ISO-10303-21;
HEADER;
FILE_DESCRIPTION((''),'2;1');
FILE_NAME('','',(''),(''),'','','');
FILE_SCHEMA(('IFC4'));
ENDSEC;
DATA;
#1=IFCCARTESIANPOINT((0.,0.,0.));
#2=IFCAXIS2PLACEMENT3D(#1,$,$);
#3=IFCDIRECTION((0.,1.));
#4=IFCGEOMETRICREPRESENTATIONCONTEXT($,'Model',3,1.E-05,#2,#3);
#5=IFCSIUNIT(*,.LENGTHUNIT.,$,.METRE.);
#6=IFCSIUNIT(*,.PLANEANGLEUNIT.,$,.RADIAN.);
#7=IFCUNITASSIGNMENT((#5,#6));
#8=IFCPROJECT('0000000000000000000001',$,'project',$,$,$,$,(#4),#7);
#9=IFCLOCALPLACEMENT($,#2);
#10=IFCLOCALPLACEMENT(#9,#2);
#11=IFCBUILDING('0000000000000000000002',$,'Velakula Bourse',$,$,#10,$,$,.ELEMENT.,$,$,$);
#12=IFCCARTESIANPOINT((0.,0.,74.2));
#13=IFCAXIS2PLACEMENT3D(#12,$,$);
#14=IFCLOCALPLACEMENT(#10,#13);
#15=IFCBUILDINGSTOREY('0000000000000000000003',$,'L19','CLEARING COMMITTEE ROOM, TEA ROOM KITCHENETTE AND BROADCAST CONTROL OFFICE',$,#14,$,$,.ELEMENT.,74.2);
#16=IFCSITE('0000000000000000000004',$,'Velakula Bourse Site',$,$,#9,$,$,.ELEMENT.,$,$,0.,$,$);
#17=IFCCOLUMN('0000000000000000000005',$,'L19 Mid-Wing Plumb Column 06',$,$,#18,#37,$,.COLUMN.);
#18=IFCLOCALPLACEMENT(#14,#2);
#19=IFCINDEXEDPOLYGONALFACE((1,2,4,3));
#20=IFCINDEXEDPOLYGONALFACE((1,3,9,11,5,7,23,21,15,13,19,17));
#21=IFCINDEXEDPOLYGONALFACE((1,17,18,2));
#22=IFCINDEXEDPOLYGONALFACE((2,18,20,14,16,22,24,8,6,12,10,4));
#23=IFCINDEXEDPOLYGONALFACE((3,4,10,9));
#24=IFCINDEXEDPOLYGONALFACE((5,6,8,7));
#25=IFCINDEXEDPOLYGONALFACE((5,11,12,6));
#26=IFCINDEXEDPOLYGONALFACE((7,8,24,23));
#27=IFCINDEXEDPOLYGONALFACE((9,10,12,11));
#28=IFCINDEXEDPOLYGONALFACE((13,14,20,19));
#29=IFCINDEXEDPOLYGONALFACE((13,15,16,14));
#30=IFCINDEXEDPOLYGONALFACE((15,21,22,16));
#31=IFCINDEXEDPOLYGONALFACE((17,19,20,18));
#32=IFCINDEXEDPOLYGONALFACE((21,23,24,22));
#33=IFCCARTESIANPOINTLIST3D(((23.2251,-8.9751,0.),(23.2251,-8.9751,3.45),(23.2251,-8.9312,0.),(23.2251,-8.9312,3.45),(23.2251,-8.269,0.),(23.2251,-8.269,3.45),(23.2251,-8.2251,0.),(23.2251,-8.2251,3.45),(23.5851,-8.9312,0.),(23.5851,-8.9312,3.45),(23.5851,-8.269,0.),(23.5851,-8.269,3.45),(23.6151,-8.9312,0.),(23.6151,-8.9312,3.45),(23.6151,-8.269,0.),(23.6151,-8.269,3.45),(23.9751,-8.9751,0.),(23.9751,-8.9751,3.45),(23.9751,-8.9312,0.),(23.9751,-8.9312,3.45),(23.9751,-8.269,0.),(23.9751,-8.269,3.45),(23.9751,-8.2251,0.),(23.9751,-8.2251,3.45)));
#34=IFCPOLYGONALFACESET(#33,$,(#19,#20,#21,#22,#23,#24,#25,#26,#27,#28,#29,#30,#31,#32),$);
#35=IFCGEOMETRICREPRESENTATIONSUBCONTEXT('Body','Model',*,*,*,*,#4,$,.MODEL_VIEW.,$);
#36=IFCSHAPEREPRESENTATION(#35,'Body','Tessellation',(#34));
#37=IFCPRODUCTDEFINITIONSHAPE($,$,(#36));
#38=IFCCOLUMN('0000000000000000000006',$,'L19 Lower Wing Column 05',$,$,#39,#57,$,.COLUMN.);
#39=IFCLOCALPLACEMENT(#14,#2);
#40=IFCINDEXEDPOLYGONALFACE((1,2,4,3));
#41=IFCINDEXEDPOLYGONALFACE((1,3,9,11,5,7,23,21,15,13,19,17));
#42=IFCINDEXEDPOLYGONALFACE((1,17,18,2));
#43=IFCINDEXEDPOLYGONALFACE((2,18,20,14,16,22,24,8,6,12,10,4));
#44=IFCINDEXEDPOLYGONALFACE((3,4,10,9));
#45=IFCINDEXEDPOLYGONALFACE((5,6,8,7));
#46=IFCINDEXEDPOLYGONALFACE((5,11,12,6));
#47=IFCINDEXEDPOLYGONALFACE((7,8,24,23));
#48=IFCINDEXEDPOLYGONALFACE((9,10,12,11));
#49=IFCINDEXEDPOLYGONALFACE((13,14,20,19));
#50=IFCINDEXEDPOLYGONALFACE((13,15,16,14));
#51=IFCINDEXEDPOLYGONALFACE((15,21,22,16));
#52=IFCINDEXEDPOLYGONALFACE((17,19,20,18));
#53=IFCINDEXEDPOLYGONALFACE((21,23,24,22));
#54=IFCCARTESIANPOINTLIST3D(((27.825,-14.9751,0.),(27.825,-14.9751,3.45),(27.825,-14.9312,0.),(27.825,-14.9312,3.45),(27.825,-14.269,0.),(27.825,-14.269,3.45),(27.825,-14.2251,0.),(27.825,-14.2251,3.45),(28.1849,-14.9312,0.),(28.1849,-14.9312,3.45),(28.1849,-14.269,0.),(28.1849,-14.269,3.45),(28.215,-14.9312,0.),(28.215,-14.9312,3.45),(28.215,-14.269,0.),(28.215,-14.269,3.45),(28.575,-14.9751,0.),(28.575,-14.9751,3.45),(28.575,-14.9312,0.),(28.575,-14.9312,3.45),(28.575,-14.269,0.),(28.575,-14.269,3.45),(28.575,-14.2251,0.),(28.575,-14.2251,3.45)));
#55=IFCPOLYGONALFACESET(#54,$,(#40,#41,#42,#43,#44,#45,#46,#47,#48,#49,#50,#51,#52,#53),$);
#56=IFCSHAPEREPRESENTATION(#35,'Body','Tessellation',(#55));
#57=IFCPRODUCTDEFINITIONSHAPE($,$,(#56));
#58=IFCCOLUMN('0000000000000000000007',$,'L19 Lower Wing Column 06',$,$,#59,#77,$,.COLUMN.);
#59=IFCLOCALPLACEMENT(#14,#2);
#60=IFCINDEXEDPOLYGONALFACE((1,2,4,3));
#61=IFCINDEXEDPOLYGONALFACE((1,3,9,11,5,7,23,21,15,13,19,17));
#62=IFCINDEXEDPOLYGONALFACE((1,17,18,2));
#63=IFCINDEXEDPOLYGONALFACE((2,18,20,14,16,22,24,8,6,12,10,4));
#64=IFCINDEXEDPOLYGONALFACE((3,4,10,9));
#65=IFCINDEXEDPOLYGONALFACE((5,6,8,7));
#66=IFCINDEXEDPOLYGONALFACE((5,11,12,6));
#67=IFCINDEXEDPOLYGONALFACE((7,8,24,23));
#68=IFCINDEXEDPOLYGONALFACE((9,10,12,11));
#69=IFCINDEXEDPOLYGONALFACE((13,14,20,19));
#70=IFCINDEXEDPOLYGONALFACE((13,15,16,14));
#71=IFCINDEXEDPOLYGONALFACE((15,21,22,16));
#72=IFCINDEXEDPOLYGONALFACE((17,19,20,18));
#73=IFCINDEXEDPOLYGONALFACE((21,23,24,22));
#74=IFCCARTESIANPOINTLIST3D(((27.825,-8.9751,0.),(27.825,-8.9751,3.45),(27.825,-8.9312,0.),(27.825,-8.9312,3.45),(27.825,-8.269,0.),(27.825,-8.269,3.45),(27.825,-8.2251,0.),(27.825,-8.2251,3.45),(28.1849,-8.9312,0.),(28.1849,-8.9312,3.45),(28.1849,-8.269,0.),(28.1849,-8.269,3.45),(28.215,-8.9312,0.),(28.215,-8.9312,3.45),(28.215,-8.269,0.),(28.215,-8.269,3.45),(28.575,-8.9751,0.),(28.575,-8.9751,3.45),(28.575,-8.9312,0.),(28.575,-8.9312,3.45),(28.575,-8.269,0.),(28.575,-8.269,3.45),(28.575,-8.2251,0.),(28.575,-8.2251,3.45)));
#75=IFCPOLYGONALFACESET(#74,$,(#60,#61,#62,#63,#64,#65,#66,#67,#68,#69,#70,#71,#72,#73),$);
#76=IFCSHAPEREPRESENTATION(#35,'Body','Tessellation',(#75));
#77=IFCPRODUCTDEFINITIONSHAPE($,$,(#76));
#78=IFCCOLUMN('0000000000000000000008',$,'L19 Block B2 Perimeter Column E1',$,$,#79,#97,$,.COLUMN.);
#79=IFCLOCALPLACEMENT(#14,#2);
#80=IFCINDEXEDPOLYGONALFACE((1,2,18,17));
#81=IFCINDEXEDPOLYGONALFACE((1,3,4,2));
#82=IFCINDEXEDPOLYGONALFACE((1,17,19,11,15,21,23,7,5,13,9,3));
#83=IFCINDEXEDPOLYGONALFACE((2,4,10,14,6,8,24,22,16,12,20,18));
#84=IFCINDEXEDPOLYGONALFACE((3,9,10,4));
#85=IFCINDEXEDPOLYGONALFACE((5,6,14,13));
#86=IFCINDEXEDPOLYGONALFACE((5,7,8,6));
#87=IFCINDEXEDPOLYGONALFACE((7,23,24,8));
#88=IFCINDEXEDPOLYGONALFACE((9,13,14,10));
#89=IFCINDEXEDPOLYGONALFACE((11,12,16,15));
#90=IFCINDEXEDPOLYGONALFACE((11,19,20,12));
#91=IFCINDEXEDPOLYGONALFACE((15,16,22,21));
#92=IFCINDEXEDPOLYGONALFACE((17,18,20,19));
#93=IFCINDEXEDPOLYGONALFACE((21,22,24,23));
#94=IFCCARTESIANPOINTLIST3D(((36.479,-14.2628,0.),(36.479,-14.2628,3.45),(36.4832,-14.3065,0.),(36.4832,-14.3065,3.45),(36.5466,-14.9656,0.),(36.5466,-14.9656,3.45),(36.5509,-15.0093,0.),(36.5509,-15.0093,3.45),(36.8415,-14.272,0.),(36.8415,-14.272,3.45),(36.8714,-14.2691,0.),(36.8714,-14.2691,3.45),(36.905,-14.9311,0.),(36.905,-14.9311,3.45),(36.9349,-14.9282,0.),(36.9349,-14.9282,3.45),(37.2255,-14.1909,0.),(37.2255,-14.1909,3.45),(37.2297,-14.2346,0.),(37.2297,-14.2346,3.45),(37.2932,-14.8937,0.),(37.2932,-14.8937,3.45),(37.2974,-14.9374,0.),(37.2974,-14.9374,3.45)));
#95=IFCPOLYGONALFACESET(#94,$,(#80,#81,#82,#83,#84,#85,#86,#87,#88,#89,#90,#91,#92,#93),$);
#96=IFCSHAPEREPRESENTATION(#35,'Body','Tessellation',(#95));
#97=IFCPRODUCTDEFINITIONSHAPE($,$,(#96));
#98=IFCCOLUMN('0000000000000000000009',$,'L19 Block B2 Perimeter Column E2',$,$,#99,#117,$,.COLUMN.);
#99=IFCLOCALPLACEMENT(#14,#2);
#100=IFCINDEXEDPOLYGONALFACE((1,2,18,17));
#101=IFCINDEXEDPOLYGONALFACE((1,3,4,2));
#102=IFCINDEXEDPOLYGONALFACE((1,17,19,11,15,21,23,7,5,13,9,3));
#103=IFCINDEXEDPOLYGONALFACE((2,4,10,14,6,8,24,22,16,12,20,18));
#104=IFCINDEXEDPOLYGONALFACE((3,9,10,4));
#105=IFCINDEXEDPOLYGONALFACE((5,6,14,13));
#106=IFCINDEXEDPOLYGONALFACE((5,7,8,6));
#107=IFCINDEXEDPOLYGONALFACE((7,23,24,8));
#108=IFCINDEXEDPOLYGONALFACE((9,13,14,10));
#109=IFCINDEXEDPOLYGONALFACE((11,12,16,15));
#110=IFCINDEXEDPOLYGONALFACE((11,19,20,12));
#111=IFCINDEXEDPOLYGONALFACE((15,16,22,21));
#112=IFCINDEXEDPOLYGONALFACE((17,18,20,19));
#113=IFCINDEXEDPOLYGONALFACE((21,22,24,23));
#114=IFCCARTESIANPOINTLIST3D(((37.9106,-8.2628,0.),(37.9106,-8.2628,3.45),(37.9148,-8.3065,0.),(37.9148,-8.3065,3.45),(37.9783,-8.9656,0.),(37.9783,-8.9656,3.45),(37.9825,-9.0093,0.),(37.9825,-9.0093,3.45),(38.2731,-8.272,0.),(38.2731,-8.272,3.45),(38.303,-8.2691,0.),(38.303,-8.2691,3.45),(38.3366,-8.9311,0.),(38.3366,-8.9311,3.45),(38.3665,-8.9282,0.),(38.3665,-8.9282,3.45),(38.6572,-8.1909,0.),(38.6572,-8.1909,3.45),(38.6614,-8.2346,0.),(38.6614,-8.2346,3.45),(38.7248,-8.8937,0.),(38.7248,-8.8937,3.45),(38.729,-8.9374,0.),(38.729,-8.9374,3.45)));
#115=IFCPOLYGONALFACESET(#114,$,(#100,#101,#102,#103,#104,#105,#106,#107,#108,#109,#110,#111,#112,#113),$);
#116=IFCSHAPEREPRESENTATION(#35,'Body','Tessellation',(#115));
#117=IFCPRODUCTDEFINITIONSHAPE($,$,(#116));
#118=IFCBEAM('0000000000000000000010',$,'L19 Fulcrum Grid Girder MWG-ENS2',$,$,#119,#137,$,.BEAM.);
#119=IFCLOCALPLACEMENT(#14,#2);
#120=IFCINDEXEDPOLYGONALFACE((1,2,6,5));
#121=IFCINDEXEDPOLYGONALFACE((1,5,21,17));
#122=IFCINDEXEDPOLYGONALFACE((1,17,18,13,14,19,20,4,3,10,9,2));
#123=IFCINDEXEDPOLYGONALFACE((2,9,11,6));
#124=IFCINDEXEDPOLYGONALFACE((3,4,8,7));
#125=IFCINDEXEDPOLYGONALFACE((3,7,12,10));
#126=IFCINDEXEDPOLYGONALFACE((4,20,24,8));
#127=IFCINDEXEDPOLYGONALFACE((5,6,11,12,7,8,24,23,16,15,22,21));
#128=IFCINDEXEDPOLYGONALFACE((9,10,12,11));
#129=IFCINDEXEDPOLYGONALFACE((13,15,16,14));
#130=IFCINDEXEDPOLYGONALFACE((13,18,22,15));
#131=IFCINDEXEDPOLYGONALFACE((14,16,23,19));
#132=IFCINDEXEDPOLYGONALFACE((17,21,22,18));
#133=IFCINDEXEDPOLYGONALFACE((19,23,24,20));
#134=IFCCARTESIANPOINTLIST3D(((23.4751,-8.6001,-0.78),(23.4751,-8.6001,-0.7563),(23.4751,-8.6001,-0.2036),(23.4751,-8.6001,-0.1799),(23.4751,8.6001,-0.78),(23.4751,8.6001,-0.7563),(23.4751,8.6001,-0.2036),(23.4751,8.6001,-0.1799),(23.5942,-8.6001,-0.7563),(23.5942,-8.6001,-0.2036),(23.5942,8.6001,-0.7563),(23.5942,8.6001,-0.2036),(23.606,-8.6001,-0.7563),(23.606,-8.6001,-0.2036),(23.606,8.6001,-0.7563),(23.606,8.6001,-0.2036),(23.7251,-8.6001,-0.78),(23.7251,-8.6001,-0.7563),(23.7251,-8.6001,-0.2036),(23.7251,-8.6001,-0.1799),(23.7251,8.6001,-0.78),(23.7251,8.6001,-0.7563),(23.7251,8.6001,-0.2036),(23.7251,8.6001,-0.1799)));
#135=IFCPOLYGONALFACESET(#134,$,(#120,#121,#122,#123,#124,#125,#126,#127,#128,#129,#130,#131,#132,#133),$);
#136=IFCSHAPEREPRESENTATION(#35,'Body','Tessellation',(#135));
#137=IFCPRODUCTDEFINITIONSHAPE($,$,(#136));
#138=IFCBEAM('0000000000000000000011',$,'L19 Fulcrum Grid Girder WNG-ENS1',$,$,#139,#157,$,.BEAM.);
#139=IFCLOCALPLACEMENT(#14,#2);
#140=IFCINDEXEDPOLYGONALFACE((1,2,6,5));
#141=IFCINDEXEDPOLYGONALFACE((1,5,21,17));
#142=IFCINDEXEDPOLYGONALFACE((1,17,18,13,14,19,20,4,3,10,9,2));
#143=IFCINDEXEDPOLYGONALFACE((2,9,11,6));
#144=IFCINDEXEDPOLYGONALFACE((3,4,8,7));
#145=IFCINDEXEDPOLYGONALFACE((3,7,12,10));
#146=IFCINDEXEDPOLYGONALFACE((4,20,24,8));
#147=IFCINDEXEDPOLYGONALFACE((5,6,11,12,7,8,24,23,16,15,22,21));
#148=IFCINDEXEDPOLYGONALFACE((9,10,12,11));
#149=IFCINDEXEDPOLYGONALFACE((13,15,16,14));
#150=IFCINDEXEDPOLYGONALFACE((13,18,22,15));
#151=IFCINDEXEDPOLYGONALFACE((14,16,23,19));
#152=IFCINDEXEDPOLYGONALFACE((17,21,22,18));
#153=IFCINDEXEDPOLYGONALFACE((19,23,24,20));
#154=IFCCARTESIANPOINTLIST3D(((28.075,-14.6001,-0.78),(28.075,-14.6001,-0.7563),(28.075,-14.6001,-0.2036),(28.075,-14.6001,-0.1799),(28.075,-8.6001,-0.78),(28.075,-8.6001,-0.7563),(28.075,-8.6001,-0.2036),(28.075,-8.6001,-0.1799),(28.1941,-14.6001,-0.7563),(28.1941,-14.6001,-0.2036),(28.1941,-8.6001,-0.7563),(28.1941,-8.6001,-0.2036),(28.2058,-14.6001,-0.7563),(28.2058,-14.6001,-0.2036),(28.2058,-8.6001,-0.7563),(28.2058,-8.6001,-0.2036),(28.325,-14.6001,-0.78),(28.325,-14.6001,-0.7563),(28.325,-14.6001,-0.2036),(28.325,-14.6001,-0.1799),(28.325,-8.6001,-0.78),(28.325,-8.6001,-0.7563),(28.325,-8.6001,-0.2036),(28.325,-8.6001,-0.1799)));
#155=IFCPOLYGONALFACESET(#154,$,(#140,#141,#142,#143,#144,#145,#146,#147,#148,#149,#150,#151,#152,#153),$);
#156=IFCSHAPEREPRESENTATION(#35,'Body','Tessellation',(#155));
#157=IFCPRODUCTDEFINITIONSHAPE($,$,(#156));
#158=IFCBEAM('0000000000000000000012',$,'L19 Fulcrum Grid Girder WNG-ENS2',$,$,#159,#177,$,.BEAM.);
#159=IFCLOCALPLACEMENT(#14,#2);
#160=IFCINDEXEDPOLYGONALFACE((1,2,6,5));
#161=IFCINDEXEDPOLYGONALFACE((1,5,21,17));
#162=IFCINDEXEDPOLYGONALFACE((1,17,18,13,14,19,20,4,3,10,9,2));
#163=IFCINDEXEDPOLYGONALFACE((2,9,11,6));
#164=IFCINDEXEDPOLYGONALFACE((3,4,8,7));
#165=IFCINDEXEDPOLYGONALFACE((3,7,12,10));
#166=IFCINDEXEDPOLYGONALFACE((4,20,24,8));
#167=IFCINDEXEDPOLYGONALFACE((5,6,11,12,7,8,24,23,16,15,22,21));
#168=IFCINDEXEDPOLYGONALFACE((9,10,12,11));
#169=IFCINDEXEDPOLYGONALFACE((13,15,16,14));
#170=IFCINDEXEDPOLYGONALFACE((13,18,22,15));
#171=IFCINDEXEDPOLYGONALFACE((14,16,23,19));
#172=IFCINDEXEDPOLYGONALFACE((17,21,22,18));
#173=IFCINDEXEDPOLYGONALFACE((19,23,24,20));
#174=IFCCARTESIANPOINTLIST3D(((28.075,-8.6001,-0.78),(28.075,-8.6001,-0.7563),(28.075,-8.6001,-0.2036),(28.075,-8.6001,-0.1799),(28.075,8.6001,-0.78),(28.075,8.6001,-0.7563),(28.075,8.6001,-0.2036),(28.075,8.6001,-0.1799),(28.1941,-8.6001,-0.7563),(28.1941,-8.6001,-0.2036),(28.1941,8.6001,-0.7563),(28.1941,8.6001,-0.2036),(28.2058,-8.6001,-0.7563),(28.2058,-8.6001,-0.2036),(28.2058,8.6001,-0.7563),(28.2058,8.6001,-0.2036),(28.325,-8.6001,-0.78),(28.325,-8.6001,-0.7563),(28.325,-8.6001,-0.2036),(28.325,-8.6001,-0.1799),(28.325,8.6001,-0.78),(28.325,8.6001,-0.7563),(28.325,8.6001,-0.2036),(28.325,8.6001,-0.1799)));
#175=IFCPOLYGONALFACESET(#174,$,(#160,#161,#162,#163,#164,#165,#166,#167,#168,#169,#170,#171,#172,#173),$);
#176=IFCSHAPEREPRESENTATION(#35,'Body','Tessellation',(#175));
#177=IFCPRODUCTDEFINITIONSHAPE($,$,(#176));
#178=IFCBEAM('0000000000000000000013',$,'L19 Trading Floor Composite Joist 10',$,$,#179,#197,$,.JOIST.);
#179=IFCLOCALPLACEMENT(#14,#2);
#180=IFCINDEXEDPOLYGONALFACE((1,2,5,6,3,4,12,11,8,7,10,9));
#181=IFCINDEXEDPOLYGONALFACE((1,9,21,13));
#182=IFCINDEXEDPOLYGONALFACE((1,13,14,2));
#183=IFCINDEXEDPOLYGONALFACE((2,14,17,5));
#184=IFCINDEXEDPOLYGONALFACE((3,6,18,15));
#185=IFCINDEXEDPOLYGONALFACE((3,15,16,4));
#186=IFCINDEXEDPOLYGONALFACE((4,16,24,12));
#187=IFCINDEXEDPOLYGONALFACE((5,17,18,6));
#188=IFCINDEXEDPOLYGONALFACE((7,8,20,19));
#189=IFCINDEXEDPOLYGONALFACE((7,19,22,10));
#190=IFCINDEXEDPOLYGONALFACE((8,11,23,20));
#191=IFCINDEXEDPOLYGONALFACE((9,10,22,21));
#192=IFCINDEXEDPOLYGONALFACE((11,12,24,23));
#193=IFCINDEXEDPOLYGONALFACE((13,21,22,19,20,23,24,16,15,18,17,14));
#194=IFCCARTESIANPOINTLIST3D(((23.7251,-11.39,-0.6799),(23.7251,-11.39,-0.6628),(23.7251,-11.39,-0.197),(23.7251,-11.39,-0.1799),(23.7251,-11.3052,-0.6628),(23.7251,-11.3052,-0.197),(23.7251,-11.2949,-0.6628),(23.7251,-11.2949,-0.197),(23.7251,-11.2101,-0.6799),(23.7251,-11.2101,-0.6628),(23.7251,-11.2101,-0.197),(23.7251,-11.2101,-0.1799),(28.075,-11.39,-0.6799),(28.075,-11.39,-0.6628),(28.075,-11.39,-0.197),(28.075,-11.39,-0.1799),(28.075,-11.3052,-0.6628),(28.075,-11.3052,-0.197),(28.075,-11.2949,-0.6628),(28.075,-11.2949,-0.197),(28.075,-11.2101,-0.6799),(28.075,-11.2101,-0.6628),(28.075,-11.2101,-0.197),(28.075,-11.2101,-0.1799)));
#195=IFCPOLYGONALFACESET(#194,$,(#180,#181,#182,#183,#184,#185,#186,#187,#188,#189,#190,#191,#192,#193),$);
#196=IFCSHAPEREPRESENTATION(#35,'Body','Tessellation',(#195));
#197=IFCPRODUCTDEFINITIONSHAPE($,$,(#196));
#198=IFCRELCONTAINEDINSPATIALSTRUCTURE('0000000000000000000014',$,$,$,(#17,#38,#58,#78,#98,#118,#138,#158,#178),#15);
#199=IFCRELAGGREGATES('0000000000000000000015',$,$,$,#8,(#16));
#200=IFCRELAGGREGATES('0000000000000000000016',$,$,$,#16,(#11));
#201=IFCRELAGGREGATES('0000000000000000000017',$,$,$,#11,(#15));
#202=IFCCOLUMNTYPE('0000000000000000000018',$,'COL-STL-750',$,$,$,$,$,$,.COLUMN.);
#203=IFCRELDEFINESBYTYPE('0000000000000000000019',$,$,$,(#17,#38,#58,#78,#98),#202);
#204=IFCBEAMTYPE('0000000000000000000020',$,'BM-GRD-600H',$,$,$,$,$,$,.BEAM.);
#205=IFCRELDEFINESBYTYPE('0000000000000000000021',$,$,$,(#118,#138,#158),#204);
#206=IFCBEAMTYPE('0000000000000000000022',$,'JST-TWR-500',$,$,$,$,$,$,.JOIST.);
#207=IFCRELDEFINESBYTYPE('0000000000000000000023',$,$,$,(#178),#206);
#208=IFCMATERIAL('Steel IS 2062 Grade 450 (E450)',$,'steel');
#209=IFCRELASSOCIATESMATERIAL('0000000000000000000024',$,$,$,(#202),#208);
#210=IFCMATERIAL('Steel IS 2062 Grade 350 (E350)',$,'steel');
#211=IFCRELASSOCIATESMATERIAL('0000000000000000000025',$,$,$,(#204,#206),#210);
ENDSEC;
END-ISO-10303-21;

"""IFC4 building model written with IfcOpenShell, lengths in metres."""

from ifc_helpers import new_model, si_unit, direction, frame, origin, origin_2d, place, context, subcontext, project, spatial, i_section, extrude, material, material_profile, profile_set, type_object, element, save


model = new_model("IFC4")

# Units and contexts
model_context = context("Model", 3, precision=1e-05, world=origin(), true_north=direction((0.0, 1.0)))
body_context = subcontext(model_context, "Body", "Model", "MODEL_VIEW")
ifc_project = project(units=[si_unit("LENGTHUNIT", "METRE"), si_unit("PLANEANGLEUNIT", "RADIAN")], contexts=[model_context])

# Site, building, storey
site_placement = place(None, origin())
site = spatial("IfcSite", under=ifc_project, at=site_placement, Name="Velakula Bourse Site", CompositionType="ELEMENT", RefElevation=0.0)
building_placement = place(site_placement, origin())
building = spatial("IfcBuilding", under=site, at=building_placement, Name="Velakula Bourse", CompositionType="ELEMENT")
storey_placement = place(building_placement, frame((0.0, 0.0, 74.2)))
storey = spatial("IfcBuildingStorey", under=building, at=storey_placement, Name="L19", Description="CLEARING COMMITTEE ROOM, TEA ROOM KITCHENETTE AND BROADCAST CONTROL OFFICE", CompositionType="ELEMENT", Elevation=74.2)

# Columns
ifc_material_1 = material(Name="Steel IS 2062 Grade 450 (E450)", Category="steel")
ifc_material_profile_1 = material_profile(ifc_material_1, i_section(OverallWidth=0.75, OverallDepth=0.75, WebThickness=0.03, FlangeThickness=0.0439, at=origin_2d()), Name="Steel IS 2062 Grade 450 (E450)")
ifc_profile_set_1 = profile_set([ifc_material_profile_1], Name="Steel IS 2062 Grade 450 (E450)")
column_type = type_object("IfcColumnType", Name="COL-STL-750", PredefinedType="COLUMN", material=ifc_profile_set_1)
for number, where, z_axis, x_axis, name in (
    (1, (23.6001, -8.6001, 0.0), (0.0, 0.0, 1.0), (1.0, 0.0, 0.0), "L19 Mid-Wing Plumb Column 06"),
    (2, (28.2, -14.6001, 0.0), (0.0, 0.0, 1.0), (1.0, 0.0, 0.0), "L19 Lower Wing Column 05"),
    (3, (28.2, -8.6001, 0.0), (0.0, 0.0, 1.0), (1.0, 0.0, 0.0), "L19 Lower Wing Column 06"),
    (4, (36.8882, -14.6001, 0.0), (0.0, 0.0, 1.0), (0.995396, 0.095846, 0.0), "L19 Block B2 Perimeter Column E1"),
    (5, (38.3198, -8.6001, 0.0), (0.0, 0.0, 1.0), (0.995396, 0.095846, 0.0), "L19 Block B2 Perimeter Column E2"),
):
    element("IfcColumn", number, at=place(storey_placement, frame(where, z_axis=z_axis, x_axis=x_axis)), inside=storey, type_object=column_type, Name=name, PredefinedType="COLUMN", context=body_context, shape_type="SweptSolid", body=[
        extrude(i_section(OverallWidth=0.75, OverallDepth=0.75, WebThickness=0.03, FlangeThickness=0.0439, at=origin_2d()), origin(), (0.0, 0.0, 1.0), 3.45),
    ])

# Beams
ifc_material_2 = material(Name="Steel IS 2062 Grade 350 (E350)", Category="steel")
ifc_material_profile_2 = material_profile(ifc_material_2, i_section(OverallWidth=0.25, OverallDepth=0.6001, WebThickness=0.0117, FlangeThickness=0.0237, at=origin_2d()), Name="Steel IS 2062 Grade 350 (E350)")
ifc_profile_set_2 = profile_set([ifc_material_profile_2], Name="Steel IS 2062 Grade 350 (E350)")
beam_type_1 = type_object("IfcBeamType", Name="BM-GRD-600H", PredefinedType="BEAM", material=ifc_profile_set_2)
beam_1_placement = place(storey_placement, frame((23.6001, -8.6001, -0.48), z_axis=(0.0, 1.0, 0.0), x_axis=(-1.0, 0.0, 0.0)))
element("IfcBeam", 6, at=beam_1_placement, inside=storey, type_object=beam_type_1, Name="L19 Fulcrum Grid Girder MWG-ENS2", PredefinedType="BEAM", context=body_context, shape_type="SweptSolid", body=[
    extrude(i_section(OverallWidth=0.25, OverallDepth=0.6001, WebThickness=0.0117, FlangeThickness=0.0237, at=origin_2d()), origin(), (0.0, 0.0, 1.0), 17.2002),
])
beam_2_placement = place(storey_placement, frame((28.2, -14.6001, -0.48), z_axis=(0.0, 1.0, 0.0), x_axis=(-1.0, 0.0, 0.0)))
element("IfcBeam", 7, at=beam_2_placement, inside=storey, type_object=beam_type_1, Name="L19 Fulcrum Grid Girder WNG-ENS1", PredefinedType="BEAM", context=body_context, shape_type="SweptSolid", body=[
    extrude(i_section(OverallWidth=0.25, OverallDepth=0.6001, WebThickness=0.0117, FlangeThickness=0.0237, at=origin_2d()), origin(), (0.0, 0.0, 1.0), 6.0),
])
beam_3_placement = place(storey_placement, frame((28.2, -8.6001, -0.48), z_axis=(0.0, 1.0, 0.0), x_axis=(-1.0, 0.0, 0.0)))
element("IfcBeam", 8, at=beam_3_placement, inside=storey, type_object=beam_type_1, Name="L19 Fulcrum Grid Girder WNG-ENS2", PredefinedType="BEAM", context=body_context, shape_type="SweptSolid", body=[
    extrude(i_section(OverallWidth=0.25, OverallDepth=0.6001, WebThickness=0.0117, FlangeThickness=0.0237, at=origin_2d()), origin(), (0.0, 0.0, 1.0), 17.2002),
])
ifc_material_profile_3 = material_profile(ifc_material_2, i_section(OverallWidth=0.1799, OverallDepth=0.5, WebThickness=0.0103, FlangeThickness=0.0171, at=origin_2d()), Name="Steel IS 2062 Grade 350 (E350)")
ifc_profile_set_3 = profile_set([ifc_material_profile_3], Name="Steel IS 2062 Grade 350 (E350)")
beam_type_2 = type_object("IfcBeamType", Name="JST-TWR-500", PredefinedType="JOIST", material=ifc_profile_set_3)
beam_4_placement = place(storey_placement, frame((23.7251, -11.3, -0.4299), z_axis=(1.0, 0.0, 0.0), x_axis=(0.0, 1.0, 0.0)))
element("IfcBeam", 9, at=beam_4_placement, inside=storey, type_object=beam_type_2, Name="L19 Trading Floor Composite Joist 10", PredefinedType="JOIST", context=body_context, shape_type="SweptSolid", body=[
    extrude(i_section(OverallWidth=0.1799, OverallDepth=0.5, WebThickness=0.0103, FlangeThickness=0.0171, at=origin_2d()), origin(), (0.0, 0.0, 1.0), 4.3499),
])

save(model, "model.ifc")
